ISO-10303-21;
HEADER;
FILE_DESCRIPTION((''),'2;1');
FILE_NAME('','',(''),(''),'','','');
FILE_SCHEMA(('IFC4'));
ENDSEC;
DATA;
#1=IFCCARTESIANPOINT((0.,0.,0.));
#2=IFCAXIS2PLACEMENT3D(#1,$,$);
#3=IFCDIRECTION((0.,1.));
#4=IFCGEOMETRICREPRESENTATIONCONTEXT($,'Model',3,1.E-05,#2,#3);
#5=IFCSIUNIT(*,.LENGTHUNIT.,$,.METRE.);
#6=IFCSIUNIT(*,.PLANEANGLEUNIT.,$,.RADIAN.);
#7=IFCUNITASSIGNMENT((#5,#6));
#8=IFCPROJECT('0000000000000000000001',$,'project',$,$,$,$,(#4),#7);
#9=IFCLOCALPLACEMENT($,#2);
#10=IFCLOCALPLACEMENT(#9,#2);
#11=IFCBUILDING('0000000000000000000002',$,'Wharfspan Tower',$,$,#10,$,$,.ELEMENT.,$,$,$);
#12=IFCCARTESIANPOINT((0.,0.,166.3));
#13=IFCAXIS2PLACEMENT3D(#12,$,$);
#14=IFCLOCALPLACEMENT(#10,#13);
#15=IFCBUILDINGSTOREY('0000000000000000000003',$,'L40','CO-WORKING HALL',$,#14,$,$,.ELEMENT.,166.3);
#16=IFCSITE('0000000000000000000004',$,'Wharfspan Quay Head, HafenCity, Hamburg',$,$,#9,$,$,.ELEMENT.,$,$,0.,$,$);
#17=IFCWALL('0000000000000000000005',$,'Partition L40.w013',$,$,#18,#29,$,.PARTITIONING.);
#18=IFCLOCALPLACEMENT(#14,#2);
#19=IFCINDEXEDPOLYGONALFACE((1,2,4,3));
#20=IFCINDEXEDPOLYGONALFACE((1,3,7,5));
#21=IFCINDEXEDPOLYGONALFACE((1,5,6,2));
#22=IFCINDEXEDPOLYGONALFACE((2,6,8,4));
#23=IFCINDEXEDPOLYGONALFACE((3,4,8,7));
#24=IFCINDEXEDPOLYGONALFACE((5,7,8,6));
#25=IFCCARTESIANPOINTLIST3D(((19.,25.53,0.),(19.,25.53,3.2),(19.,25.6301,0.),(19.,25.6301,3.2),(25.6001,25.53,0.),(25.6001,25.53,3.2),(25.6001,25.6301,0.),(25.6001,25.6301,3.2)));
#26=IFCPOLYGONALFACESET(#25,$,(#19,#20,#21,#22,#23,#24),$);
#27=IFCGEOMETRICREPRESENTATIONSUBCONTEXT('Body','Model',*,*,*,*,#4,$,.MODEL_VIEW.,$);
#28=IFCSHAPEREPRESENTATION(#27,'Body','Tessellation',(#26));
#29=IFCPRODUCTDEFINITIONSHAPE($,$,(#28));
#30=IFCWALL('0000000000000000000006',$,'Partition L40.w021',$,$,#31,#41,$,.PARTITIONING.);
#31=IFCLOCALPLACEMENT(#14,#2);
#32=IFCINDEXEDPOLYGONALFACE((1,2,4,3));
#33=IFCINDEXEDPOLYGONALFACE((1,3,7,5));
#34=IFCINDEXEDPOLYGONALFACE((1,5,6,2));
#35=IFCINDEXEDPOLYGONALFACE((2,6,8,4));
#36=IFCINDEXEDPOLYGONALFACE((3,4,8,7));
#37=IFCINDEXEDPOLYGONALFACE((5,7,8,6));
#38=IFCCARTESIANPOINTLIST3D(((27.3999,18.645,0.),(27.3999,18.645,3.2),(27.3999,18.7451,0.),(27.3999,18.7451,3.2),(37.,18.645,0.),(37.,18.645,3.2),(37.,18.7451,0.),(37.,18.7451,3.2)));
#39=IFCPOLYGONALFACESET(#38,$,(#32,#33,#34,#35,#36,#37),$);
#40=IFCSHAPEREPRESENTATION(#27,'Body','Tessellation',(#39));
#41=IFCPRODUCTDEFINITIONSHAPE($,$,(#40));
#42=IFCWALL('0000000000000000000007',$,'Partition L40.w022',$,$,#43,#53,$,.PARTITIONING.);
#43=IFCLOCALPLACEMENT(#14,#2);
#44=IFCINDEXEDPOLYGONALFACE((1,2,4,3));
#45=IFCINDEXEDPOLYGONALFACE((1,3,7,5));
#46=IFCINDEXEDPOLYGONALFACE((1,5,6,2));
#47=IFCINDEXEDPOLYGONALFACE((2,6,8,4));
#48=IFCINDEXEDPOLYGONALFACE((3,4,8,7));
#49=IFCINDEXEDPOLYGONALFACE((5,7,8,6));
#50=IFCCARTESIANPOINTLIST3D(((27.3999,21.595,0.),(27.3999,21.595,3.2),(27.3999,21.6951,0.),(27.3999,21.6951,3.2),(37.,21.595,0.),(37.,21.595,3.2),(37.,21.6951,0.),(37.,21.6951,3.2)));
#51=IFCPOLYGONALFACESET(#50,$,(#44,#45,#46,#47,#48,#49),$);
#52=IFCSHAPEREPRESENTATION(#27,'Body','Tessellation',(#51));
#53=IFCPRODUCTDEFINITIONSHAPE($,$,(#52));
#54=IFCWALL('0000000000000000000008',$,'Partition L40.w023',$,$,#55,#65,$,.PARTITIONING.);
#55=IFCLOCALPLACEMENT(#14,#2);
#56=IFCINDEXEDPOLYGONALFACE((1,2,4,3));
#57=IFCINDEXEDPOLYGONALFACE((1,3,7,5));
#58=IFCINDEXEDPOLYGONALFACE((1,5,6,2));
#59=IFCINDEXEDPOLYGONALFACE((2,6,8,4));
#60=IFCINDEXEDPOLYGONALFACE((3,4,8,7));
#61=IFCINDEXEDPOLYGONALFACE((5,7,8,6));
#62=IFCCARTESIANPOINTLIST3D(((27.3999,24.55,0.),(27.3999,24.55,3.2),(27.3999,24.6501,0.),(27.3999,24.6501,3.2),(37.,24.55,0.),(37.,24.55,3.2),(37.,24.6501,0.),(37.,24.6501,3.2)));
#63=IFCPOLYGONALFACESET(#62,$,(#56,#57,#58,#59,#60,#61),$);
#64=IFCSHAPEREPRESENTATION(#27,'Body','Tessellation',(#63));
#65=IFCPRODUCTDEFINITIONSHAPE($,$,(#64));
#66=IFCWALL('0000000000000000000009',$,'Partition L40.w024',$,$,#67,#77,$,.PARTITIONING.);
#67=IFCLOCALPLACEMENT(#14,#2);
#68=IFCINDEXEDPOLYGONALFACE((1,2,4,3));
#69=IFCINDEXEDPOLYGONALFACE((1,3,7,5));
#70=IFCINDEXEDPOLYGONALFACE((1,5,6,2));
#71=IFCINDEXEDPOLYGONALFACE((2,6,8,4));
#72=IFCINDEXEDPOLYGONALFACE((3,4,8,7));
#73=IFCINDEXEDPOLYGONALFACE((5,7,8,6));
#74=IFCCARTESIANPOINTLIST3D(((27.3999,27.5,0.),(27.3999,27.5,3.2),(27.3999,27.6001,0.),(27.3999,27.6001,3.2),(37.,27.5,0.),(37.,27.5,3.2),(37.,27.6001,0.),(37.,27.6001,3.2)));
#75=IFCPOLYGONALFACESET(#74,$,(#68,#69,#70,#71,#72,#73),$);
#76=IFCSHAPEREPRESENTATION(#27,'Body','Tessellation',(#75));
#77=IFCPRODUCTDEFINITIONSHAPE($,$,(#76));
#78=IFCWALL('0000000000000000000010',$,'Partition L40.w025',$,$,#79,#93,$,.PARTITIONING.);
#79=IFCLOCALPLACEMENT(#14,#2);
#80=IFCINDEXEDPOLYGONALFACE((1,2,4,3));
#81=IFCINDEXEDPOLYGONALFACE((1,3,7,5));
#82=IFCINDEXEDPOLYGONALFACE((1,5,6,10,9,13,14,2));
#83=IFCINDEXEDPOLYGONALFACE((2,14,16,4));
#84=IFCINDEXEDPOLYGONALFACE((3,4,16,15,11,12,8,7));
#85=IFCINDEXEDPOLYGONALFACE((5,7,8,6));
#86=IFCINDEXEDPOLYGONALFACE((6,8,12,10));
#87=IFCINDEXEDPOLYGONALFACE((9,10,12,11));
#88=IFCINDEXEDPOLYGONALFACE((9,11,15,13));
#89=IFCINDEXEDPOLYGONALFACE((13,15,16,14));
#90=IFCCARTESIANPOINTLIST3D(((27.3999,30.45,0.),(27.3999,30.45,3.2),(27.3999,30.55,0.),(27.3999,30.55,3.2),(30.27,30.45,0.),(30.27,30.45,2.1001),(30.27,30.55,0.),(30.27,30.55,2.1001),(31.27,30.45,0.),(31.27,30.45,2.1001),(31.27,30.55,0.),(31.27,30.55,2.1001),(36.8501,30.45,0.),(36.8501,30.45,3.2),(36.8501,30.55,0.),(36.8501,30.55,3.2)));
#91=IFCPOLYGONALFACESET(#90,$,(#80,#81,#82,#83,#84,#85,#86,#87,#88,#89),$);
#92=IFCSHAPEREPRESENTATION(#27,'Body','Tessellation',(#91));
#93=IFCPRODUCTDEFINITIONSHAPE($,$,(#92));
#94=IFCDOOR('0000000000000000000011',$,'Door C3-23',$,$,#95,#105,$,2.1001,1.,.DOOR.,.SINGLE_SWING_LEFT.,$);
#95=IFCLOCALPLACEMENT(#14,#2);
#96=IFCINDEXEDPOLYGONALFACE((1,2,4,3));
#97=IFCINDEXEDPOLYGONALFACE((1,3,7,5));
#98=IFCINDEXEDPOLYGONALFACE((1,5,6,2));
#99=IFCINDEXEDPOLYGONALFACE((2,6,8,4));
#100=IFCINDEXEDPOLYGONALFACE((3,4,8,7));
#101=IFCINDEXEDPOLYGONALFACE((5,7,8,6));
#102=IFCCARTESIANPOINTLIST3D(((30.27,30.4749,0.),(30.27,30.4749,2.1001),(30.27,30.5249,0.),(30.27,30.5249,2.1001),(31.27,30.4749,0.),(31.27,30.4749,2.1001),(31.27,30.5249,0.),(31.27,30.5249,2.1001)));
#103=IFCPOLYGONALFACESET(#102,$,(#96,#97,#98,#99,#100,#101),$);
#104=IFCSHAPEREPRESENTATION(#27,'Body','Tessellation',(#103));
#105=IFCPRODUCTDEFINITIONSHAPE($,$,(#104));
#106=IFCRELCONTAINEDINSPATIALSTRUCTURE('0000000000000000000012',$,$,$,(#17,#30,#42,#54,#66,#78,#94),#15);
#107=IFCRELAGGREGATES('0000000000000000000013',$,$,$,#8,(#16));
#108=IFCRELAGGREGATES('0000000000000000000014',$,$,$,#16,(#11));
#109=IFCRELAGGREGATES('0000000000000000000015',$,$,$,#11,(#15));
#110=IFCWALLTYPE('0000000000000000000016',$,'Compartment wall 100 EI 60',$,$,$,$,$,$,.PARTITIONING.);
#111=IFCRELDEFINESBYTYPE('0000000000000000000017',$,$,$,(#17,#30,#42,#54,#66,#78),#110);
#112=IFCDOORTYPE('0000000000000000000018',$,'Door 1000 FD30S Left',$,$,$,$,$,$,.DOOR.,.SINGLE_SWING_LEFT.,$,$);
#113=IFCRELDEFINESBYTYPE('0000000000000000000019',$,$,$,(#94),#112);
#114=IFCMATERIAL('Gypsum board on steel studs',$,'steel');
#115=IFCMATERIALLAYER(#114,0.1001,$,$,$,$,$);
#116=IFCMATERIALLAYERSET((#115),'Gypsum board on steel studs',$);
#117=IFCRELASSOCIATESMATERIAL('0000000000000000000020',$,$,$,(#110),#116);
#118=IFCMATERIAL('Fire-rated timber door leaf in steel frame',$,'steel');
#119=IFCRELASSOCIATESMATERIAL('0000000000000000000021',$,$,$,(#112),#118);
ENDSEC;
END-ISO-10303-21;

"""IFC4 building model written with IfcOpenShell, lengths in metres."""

from ifc_helpers import new_model, si_unit, direction, frame, frame_2d, origin, place, context, subcontext, project, spatial, rectangle, extrude, material, layer, layer_set, type_object, element, fill, save


model = new_model("IFC4")

# Units and contexts
model_context = context("Model", 3, precision=1e-05, world=origin(), true_north=direction((0.0, 1.0)))
body_context = subcontext(model_context, "Body", "Model", "MODEL_VIEW")
ifc_project = project(units=[si_unit("LENGTHUNIT", "METRE"), si_unit("PLANEANGLEUNIT", "RADIAN")], contexts=[model_context])

# Site, building, storey
site_placement = place(None, origin())
site = spatial("IfcSite", under=ifc_project, at=site_placement, Name="Wharfspan Quay Head, HafenCity, Hamburg", CompositionType="ELEMENT", RefElevation=0.0)
building_placement = place(site_placement, origin())
building = spatial("IfcBuilding", under=site, at=building_placement, Name="Wharfspan Tower", CompositionType="ELEMENT")
storey_placement = place(building_placement, frame((0.0, 0.0, 166.3)))
storey = spatial("IfcBuildingStorey", under=building, at=storey_placement, Name="L40", Description="CO-WORKING HALL", CompositionType="ELEMENT", Elevation=166.3)

# Shared definitions
ifc_material_1 = material(Name="Gypsum board on steel studs", Category="steel")
ifc_layer = layer(ifc_material_1, 0.1001)
ifc_layer_set = layer_set([ifc_layer], Name="Gypsum board on steel studs")
wall_type = type_object("IfcWallType", Name="Compartment wall 100 EI 60", PredefinedType="PARTITIONING", material=ifc_layer_set)

# Shared definitions
ifc_material_2 = material(Name="Fire-rated timber door leaf in steel frame", Category="steel")

# Walls
for number, where, z_axis, x_axis, name in (
    (1, (19.0, 25.5801, 0.0), (0.0, 0.0, 1.0), (1.0, 0.0, 0.0), "Partition L40.w013"),
):
    element("IfcWall", number, at=place(storey_placement, frame(where, z_axis=z_axis, x_axis=x_axis)), inside=storey, type_object=wall_type, Name=name, PredefinedType="PARTITIONING", context=body_context, shape_type="SweptSolid", body=[
        extrude(rectangle(XDim=6.6001, YDim=0.1001, at=frame_2d((3.3, 0.0))), origin(), (0.0, 0.0, 1.0), 3.2),
    ])
for number, where, z_axis, x_axis, name in (
    (2, (27.3999, 18.6951, 0.0), (0.0, 0.0, 1.0), (1.0, 0.0, 0.0), "Partition L40.w021"),
    (3, (27.3999, 21.645, 0.0), (0.0, 0.0, 1.0), (1.0, 0.0, 0.0), "Partition L40.w022"),
    (4, (27.3999, 24.6001, 0.0), (0.0, 0.0, 1.0), (1.0, 0.0, 0.0), "Partition L40.w023"),
    (5, (27.3999, 27.55, 0.0), (0.0, 0.0, 1.0), (1.0, 0.0, 0.0), "Partition L40.w024"),
):
    element("IfcWall", number, at=place(storey_placement, frame(where, z_axis=z_axis, x_axis=x_axis)), inside=storey, type_object=wall_type, Name=name, PredefinedType="PARTITIONING", context=body_context, shape_type="SweptSolid", body=[
        extrude(rectangle(XDim=9.6001, YDim=0.1001, at=frame_2d((4.8, 0.0))), origin(), (0.0, 0.0, 1.0), 3.2),
    ])

# Wall, opening, door
wall_1_placement = place(storey_placement, frame((27.3999, 30.5, 0.0), z_axis=(0.0, 0.0, 1.0), x_axis=(1.0, 0.0, 0.0)))
wall_1 = element("IfcWall", 6, at=wall_1_placement, inside=storey, type_object=wall_type, Name="Partition L40.w025", PredefinedType="PARTITIONING", context=body_context, shape_type="SweptSolid", body=[
    extrude(rectangle(XDim=9.4502, YDim=0.1001, at=frame_2d((4.7251, 0.0))), origin(), (0.0, 0.0, 1.0), 3.2),
])
opening_1_placement = place(wall_1_placement, frame((2.8701, 0.0, 0.0)))
opening_1 = element("IfcOpeningElement", 7, at=opening_1_placement, cuts=wall_1, PredefinedType="OPENING", context=body_context, shape_type="SweptSolid", body=[
    extrude(rectangle(XDim=1.0, YDim=2.1001, at=frame_2d((0.5, 1.05))), frame((0.0, 0.0601, 0.0), z_axis=(0.0, -1.0, 0.0), x_axis=(1.0, 0.0, 0.0)), (0.0, 0.0, 1.0), 0.1201),
])
door_type_1 = type_object("IfcDoorType", Name="Door 1000 FD30S Left", OperationType="SINGLE_SWING_LEFT", PredefinedType="DOOR", material=ifc_material_2)
door_1_placement = place(opening_1_placement, origin())
door_1 = element("IfcDoor", 8, at=door_1_placement, inside=storey, type_object=door_type_1, Name="Door C3-23", OperationType="SINGLE_SWING_LEFT", OverallHeight=2.1001, OverallWidth=1.0, PredefinedType="DOOR", context=body_context, shape_type="SweptSolid", body=[
    extrude(rectangle(XDim=1.0, YDim=2.1001, at=frame_2d((0.5, 1.05))), frame((0.0, 0.0249, 0.0), z_axis=(0.0, -1.0, 0.0), x_axis=(1.0, 0.0, 0.0)), (0.0, 0.0, 1.0), 0.05),
])
fill(opening_1, door_1)

save(model, "model.ifc")
